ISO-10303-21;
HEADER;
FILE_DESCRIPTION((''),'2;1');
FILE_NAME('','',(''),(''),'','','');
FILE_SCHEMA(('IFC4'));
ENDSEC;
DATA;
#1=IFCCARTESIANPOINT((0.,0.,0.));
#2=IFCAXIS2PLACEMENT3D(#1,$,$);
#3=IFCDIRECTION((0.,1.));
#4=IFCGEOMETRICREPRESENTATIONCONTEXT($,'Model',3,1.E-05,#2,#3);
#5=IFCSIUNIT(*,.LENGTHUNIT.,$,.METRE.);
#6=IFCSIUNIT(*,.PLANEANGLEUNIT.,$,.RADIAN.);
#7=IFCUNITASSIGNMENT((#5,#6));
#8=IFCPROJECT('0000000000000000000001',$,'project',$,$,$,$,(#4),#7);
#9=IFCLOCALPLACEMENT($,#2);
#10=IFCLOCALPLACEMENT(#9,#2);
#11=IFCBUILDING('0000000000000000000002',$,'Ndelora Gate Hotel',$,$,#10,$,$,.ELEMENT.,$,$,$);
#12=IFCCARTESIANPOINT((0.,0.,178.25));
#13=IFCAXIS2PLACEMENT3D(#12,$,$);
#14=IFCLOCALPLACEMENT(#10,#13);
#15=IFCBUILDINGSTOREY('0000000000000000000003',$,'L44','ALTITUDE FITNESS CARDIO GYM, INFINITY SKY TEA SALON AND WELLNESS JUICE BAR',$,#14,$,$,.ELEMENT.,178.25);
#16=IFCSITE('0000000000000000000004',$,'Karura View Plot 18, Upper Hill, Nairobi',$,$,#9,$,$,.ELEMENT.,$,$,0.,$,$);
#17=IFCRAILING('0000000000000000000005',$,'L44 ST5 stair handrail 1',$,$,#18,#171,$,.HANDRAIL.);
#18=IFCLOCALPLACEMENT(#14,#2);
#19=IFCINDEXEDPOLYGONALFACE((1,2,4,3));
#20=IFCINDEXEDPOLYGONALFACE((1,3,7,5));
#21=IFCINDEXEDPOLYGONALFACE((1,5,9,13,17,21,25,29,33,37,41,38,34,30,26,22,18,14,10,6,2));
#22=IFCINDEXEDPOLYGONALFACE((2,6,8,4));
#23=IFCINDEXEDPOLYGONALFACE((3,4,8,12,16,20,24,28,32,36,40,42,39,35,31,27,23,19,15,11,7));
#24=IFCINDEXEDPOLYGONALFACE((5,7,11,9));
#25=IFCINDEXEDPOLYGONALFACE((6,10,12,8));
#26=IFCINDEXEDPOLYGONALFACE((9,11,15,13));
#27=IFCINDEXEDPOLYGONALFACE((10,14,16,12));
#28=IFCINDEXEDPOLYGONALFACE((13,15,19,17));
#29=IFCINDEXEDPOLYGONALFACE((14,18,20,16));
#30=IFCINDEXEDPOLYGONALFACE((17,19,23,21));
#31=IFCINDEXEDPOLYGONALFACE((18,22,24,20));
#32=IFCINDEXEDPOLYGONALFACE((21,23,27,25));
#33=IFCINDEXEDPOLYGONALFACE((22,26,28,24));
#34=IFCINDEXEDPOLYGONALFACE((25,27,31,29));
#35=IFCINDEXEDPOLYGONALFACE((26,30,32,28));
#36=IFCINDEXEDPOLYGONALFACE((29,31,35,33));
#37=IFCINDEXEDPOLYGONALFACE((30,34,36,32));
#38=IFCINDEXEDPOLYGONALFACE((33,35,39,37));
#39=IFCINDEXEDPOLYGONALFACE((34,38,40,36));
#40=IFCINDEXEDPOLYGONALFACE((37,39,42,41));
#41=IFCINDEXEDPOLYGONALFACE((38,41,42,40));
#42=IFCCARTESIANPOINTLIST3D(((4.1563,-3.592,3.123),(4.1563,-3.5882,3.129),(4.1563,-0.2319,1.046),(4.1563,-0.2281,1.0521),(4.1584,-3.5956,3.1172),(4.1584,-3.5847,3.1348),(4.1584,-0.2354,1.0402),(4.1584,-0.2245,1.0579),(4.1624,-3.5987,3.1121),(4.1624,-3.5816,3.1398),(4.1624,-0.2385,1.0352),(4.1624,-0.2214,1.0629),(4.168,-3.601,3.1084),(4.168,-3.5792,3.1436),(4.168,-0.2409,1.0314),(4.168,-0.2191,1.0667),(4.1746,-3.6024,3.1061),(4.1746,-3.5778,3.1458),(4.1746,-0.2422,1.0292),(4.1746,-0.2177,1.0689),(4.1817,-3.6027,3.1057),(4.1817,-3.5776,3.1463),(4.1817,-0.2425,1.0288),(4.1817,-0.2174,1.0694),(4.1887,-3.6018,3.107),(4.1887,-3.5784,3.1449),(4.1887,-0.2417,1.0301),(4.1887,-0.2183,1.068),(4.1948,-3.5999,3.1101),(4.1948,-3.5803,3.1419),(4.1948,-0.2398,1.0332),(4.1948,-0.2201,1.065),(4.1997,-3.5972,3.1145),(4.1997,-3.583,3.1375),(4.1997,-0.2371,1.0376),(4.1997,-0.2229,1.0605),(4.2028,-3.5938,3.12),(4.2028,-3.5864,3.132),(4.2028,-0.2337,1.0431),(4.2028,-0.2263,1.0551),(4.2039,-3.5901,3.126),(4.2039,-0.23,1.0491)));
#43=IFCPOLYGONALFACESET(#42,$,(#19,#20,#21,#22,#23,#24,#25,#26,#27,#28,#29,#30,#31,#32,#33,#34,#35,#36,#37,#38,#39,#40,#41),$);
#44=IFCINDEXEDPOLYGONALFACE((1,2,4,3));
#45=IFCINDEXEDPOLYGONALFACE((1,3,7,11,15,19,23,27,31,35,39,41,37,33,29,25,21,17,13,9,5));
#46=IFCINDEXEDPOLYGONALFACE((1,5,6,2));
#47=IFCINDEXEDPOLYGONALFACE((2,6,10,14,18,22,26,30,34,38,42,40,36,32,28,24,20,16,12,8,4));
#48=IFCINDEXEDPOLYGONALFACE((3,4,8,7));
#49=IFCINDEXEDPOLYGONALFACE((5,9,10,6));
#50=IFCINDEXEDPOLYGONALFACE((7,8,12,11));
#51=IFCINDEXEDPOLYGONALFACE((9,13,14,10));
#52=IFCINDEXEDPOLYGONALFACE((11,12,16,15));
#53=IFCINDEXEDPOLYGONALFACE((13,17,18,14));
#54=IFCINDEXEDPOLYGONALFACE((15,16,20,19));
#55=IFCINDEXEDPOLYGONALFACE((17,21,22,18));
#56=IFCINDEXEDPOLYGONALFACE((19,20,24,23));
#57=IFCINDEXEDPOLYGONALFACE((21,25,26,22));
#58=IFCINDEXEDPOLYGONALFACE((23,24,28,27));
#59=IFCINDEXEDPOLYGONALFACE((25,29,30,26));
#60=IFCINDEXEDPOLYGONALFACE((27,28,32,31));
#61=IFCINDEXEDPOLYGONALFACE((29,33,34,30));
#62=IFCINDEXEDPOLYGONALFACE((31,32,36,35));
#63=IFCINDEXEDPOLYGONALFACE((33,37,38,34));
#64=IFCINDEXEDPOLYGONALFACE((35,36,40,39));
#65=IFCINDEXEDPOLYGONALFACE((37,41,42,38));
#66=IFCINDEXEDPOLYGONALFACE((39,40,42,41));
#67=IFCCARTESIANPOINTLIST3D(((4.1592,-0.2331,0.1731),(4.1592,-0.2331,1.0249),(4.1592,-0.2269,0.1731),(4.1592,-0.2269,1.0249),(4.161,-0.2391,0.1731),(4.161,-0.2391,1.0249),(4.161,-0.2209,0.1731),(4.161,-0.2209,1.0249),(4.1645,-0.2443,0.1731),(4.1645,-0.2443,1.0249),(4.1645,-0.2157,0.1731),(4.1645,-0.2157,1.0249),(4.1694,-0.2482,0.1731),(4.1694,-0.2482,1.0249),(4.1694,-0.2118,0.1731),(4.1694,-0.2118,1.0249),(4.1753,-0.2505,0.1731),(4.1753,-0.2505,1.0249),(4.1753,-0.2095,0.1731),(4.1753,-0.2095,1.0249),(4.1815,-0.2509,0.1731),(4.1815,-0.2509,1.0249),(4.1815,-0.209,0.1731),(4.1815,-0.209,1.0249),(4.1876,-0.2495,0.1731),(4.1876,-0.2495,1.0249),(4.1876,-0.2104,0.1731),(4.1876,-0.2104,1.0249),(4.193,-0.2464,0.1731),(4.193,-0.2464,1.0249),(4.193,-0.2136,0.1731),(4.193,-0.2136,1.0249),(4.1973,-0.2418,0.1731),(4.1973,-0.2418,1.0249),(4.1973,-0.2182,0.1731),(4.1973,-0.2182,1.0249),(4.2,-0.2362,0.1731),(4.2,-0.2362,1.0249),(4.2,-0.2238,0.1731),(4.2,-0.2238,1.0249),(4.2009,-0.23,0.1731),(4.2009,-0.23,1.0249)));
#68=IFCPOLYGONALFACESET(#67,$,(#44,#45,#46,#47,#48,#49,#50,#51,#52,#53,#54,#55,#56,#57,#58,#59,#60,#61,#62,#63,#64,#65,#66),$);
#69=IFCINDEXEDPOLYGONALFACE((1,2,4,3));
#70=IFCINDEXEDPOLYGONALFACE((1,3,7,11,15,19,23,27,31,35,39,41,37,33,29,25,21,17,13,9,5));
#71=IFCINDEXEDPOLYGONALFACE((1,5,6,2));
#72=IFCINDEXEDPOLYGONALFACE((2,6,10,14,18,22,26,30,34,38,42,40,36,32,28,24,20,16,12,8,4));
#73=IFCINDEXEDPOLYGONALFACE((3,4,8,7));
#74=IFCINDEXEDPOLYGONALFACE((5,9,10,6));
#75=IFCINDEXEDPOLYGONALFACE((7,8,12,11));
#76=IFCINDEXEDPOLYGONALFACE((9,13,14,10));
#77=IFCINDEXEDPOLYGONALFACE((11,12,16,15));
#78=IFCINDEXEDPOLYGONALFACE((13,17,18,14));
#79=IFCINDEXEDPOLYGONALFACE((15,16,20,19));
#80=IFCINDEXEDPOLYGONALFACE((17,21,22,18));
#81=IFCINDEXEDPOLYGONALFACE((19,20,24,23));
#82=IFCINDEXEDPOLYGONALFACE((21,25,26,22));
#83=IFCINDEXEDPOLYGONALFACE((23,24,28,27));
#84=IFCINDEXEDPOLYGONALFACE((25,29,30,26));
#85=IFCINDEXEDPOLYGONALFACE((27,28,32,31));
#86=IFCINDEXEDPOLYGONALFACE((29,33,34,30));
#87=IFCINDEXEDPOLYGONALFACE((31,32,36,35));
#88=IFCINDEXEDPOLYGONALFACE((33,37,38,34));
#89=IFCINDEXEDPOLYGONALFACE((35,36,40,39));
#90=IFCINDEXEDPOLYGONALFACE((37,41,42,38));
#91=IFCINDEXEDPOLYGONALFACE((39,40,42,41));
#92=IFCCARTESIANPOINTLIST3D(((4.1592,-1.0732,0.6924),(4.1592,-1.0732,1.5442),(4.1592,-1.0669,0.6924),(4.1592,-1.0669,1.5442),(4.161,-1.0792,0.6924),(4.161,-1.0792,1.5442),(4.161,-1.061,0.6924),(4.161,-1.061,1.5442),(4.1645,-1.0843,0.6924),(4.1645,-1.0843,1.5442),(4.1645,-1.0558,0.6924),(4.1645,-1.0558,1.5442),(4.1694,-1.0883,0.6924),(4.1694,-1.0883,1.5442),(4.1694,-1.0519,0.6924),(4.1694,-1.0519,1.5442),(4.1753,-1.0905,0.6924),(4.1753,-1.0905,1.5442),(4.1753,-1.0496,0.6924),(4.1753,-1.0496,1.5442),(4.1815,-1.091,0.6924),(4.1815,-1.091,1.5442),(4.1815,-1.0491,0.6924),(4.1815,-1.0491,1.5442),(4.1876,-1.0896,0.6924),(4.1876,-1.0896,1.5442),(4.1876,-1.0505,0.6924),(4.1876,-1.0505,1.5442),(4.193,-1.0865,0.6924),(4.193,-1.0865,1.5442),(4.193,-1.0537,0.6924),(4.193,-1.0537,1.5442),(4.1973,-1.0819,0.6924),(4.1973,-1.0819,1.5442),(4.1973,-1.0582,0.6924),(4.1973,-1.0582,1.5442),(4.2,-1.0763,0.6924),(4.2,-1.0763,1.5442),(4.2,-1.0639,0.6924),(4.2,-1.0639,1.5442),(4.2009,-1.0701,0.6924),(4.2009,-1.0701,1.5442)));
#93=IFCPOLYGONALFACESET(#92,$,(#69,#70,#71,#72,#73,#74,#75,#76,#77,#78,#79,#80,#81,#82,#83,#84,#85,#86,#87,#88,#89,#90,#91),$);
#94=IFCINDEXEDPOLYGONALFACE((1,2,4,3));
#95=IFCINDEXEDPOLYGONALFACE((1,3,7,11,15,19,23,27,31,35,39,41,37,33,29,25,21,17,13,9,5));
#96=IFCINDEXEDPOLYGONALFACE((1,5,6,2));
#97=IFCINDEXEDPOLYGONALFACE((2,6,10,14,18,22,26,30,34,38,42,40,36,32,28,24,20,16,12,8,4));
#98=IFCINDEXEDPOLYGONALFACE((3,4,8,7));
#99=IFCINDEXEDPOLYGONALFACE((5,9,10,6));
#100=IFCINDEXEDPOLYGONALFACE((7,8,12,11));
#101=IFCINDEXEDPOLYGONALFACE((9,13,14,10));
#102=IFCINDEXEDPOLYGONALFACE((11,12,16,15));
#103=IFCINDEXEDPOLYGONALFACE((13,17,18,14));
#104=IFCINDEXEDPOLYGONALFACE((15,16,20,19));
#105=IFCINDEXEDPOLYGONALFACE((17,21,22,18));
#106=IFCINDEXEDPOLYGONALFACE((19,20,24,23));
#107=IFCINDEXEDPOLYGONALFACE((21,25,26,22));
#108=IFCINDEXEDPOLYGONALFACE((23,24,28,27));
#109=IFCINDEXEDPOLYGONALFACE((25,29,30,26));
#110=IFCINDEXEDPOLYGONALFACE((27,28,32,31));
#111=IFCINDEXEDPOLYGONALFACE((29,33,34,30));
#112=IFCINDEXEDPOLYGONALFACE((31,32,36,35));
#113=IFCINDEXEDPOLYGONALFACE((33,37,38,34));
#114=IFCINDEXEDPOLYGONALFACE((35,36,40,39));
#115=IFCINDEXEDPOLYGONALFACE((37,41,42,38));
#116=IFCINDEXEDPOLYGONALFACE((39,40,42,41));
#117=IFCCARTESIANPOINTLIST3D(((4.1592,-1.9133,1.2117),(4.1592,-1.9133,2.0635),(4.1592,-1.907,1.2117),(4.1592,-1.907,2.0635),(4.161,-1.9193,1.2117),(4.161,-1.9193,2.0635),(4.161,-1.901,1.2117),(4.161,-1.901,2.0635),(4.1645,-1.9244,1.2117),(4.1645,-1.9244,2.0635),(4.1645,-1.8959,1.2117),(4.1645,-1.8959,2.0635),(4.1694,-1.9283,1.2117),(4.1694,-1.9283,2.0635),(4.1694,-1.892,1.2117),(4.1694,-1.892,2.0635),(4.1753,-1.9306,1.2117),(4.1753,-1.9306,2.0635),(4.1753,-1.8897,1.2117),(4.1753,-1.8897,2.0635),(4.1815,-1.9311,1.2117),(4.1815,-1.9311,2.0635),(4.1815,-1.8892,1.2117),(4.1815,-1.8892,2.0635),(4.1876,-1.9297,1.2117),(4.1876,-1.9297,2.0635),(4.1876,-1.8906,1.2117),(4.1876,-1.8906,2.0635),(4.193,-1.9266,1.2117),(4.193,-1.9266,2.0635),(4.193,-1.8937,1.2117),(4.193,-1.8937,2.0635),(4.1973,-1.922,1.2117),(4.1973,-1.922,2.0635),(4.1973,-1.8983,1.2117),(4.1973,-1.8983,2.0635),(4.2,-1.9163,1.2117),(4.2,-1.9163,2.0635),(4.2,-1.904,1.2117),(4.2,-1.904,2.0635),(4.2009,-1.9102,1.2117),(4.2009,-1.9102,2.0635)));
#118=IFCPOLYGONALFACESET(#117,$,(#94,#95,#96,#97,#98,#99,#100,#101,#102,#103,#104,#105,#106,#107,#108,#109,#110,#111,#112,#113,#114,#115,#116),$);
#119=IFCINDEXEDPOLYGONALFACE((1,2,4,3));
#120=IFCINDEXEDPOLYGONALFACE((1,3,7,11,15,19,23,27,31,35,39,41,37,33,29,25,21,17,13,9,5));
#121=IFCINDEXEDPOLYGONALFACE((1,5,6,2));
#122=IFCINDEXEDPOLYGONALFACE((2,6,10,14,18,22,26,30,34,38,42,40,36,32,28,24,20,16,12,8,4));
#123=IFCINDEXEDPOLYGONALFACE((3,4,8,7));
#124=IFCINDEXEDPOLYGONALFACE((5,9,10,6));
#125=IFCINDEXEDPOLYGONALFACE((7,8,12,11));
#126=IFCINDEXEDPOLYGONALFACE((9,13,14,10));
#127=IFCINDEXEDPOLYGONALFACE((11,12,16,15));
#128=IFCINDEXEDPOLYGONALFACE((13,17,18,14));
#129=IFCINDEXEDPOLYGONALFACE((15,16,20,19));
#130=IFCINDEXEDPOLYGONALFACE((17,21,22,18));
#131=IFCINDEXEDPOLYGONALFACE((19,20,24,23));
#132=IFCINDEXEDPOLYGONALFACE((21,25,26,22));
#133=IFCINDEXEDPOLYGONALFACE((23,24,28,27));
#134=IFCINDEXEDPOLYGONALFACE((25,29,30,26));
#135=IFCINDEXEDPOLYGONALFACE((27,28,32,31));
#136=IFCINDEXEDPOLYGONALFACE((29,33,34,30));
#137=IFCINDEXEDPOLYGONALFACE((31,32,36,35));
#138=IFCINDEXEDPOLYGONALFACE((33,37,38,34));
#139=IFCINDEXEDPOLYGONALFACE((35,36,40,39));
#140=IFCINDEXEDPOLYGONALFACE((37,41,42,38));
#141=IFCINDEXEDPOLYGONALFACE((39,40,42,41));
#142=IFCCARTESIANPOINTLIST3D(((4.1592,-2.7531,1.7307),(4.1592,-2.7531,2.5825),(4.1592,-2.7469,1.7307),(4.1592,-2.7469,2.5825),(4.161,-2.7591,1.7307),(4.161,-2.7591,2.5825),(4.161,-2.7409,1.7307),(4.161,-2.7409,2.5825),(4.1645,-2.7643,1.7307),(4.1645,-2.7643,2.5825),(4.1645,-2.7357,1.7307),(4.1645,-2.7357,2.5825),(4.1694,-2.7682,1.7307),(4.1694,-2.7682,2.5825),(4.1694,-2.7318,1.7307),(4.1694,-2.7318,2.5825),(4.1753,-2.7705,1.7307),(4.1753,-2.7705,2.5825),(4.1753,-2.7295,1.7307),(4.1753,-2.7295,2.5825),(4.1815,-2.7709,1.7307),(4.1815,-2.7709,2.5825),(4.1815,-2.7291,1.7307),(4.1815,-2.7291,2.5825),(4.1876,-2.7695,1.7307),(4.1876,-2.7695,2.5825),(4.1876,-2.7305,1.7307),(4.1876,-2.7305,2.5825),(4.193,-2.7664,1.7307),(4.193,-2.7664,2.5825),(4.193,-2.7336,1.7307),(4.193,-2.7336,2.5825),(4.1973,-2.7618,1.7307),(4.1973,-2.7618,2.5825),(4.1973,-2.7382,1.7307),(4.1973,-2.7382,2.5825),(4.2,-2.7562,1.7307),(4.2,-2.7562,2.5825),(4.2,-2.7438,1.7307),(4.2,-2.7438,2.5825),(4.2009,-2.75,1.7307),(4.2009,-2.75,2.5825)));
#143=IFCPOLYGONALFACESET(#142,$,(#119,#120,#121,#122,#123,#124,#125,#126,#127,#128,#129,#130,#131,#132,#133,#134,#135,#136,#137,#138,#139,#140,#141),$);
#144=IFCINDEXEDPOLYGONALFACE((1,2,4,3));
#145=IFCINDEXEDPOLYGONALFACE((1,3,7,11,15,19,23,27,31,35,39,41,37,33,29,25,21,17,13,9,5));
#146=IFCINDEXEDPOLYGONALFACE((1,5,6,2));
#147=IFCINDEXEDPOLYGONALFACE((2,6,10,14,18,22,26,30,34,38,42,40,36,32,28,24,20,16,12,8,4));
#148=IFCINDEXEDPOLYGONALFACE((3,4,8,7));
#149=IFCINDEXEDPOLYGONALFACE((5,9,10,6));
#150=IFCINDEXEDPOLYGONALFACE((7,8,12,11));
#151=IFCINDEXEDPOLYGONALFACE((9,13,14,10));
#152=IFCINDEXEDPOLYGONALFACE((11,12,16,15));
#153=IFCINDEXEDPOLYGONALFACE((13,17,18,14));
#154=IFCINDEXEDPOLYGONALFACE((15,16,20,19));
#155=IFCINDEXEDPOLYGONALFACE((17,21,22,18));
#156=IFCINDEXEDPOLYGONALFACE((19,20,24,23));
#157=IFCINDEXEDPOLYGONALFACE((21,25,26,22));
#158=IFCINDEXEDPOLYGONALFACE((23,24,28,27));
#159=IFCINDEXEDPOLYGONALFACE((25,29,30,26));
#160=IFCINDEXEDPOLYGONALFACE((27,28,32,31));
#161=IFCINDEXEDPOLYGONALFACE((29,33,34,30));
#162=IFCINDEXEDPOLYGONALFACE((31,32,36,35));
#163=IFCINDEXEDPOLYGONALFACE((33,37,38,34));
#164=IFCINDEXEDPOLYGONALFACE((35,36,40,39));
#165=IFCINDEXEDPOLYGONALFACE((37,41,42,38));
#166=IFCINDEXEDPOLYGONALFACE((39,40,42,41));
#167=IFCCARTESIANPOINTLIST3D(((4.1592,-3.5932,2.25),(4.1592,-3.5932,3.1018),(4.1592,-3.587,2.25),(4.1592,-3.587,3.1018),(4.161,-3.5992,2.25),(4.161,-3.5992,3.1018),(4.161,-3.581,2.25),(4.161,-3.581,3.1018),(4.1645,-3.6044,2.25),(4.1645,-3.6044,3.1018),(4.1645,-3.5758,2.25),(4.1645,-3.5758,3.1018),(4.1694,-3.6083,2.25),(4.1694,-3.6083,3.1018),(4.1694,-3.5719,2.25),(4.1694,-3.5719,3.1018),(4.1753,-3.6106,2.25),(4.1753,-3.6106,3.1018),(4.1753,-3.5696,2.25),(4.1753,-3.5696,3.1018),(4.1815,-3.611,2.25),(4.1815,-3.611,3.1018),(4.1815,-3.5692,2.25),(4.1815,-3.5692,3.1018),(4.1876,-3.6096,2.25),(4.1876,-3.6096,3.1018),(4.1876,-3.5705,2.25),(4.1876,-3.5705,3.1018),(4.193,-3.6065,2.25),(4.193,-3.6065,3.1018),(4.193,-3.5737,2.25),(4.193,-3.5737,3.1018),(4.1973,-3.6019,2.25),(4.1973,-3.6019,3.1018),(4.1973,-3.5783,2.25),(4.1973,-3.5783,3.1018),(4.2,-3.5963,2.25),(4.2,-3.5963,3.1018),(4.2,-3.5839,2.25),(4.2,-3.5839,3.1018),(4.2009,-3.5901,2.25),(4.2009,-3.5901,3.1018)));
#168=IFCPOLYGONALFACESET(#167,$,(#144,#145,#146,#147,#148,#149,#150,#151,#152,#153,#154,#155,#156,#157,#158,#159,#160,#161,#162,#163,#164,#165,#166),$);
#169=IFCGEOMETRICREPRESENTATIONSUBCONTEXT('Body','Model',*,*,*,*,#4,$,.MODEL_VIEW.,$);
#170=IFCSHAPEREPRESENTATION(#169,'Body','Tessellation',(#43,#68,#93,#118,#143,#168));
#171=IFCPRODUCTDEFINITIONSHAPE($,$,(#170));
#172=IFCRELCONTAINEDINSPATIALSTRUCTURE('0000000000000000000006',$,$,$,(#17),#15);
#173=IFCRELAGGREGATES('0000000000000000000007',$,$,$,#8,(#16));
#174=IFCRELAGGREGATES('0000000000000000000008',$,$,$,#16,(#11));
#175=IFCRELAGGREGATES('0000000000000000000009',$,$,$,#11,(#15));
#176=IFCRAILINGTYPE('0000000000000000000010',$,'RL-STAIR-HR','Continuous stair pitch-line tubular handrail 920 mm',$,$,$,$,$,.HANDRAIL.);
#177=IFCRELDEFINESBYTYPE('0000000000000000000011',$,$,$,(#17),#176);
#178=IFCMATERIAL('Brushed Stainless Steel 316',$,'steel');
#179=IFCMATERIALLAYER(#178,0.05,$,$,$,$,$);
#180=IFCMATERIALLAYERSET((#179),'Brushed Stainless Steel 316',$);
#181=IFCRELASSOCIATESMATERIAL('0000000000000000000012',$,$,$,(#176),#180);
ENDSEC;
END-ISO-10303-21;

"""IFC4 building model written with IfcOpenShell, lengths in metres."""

from ifc_helpers import new_model, si_unit, direction, frame, origin, origin_2d, place, context, subcontext, project, spatial, circle, extrude, material, layer, layer_set, type_object, element, save


model = new_model("IFC4")

# Units and contexts
model_context = context("Model", 3, precision=1e-05, world=origin(), true_north=direction((0.0, 1.0)))
body_context = subcontext(model_context, "Body", "Model", "MODEL_VIEW")
ifc_project = project(units=[si_unit("LENGTHUNIT", "METRE"), si_unit("PLANEANGLEUNIT", "RADIAN")], contexts=[model_context])

# Site, building, storey
site_placement = place(None, origin())
site = spatial("IfcSite", under=ifc_project, at=site_placement, Name="Karura View Plot 18, Upper Hill, Nairobi", CompositionType="ELEMENT", RefElevation=0.0)
building_placement = place(site_placement, origin())
building = spatial("IfcBuilding", under=site, at=building_placement, Name="Ndelora Gate Hotel", CompositionType="ELEMENT")
storey_placement = place(building_placement, frame((0.0, 0.0, 178.25)))
storey = spatial("IfcBuildingStorey", under=building, at=storey_placement, Name="L44", Description="ALTITUDE FITNESS CARDIO GYM, INFINITY SKY TEA SALON AND WELLNESS JUICE BAR", CompositionType="ELEMENT", Elevation=178.25)

# Railing
ifc_material_1 = material(Name="Brushed Stainless Steel 316", Category="steel")
ifc_layer_1 = layer(ifc_material_1, 0.05)
ifc_layer_set_1 = layer_set([ifc_layer_1], Name="Brushed Stainless Steel 316")
railing_type_1 = type_object("IfcRailingType", Name="RL-STAIR-HR", Description="Continuous stair pitch-line tubular handrail 920 mm", PredefinedType="HANDRAIL", material=ifc_layer_set_1)
railing_1_placement = place(storey_placement, frame((4.1799, -0.23, 0.1731)))
element("IfcRailing", 1, at=railing_1_placement, inside=storey, type_object=railing_type_1, Name="L44 ST5 stair handrail 1", PredefinedType="HANDRAIL", context=body_context, shape_type="SweptSolid", body=[
    extrude(circle(Radius=0.0239, at=origin_2d()), frame((0.0, 0.0, 0.876), z_axis=(0.0, -0.850623, 0.525776), x_axis=(1.0, 0.0, 0.0)), (0.0, 0.0, 1.0), 3.9502),
    extrude(circle(Radius=0.021, at=origin_2d()), origin(), (0.0, 0.0, 1.0), 0.8518),
    extrude(circle(Radius=0.021, at=origin_2d()), frame((0.0, -0.8401, 0.5193)), (0.0, 0.0, 1.0), 0.8518),
    extrude(circle(Radius=0.021, at=origin_2d()), frame((0.0, -1.6802, 1.0386)), (0.0, 0.0, 1.0), 0.8518),
    extrude(circle(Radius=0.021, at=origin_2d()), frame((0.0, -2.52, 1.5576)), (0.0, 0.0, 1.0), 0.8518),
    extrude(circle(Radius=0.021, at=origin_2d()), frame((0.0, -3.3601, 2.0769)), (0.0, 0.0, 1.0), 0.8518),
])

save(model, "model.ifc")
